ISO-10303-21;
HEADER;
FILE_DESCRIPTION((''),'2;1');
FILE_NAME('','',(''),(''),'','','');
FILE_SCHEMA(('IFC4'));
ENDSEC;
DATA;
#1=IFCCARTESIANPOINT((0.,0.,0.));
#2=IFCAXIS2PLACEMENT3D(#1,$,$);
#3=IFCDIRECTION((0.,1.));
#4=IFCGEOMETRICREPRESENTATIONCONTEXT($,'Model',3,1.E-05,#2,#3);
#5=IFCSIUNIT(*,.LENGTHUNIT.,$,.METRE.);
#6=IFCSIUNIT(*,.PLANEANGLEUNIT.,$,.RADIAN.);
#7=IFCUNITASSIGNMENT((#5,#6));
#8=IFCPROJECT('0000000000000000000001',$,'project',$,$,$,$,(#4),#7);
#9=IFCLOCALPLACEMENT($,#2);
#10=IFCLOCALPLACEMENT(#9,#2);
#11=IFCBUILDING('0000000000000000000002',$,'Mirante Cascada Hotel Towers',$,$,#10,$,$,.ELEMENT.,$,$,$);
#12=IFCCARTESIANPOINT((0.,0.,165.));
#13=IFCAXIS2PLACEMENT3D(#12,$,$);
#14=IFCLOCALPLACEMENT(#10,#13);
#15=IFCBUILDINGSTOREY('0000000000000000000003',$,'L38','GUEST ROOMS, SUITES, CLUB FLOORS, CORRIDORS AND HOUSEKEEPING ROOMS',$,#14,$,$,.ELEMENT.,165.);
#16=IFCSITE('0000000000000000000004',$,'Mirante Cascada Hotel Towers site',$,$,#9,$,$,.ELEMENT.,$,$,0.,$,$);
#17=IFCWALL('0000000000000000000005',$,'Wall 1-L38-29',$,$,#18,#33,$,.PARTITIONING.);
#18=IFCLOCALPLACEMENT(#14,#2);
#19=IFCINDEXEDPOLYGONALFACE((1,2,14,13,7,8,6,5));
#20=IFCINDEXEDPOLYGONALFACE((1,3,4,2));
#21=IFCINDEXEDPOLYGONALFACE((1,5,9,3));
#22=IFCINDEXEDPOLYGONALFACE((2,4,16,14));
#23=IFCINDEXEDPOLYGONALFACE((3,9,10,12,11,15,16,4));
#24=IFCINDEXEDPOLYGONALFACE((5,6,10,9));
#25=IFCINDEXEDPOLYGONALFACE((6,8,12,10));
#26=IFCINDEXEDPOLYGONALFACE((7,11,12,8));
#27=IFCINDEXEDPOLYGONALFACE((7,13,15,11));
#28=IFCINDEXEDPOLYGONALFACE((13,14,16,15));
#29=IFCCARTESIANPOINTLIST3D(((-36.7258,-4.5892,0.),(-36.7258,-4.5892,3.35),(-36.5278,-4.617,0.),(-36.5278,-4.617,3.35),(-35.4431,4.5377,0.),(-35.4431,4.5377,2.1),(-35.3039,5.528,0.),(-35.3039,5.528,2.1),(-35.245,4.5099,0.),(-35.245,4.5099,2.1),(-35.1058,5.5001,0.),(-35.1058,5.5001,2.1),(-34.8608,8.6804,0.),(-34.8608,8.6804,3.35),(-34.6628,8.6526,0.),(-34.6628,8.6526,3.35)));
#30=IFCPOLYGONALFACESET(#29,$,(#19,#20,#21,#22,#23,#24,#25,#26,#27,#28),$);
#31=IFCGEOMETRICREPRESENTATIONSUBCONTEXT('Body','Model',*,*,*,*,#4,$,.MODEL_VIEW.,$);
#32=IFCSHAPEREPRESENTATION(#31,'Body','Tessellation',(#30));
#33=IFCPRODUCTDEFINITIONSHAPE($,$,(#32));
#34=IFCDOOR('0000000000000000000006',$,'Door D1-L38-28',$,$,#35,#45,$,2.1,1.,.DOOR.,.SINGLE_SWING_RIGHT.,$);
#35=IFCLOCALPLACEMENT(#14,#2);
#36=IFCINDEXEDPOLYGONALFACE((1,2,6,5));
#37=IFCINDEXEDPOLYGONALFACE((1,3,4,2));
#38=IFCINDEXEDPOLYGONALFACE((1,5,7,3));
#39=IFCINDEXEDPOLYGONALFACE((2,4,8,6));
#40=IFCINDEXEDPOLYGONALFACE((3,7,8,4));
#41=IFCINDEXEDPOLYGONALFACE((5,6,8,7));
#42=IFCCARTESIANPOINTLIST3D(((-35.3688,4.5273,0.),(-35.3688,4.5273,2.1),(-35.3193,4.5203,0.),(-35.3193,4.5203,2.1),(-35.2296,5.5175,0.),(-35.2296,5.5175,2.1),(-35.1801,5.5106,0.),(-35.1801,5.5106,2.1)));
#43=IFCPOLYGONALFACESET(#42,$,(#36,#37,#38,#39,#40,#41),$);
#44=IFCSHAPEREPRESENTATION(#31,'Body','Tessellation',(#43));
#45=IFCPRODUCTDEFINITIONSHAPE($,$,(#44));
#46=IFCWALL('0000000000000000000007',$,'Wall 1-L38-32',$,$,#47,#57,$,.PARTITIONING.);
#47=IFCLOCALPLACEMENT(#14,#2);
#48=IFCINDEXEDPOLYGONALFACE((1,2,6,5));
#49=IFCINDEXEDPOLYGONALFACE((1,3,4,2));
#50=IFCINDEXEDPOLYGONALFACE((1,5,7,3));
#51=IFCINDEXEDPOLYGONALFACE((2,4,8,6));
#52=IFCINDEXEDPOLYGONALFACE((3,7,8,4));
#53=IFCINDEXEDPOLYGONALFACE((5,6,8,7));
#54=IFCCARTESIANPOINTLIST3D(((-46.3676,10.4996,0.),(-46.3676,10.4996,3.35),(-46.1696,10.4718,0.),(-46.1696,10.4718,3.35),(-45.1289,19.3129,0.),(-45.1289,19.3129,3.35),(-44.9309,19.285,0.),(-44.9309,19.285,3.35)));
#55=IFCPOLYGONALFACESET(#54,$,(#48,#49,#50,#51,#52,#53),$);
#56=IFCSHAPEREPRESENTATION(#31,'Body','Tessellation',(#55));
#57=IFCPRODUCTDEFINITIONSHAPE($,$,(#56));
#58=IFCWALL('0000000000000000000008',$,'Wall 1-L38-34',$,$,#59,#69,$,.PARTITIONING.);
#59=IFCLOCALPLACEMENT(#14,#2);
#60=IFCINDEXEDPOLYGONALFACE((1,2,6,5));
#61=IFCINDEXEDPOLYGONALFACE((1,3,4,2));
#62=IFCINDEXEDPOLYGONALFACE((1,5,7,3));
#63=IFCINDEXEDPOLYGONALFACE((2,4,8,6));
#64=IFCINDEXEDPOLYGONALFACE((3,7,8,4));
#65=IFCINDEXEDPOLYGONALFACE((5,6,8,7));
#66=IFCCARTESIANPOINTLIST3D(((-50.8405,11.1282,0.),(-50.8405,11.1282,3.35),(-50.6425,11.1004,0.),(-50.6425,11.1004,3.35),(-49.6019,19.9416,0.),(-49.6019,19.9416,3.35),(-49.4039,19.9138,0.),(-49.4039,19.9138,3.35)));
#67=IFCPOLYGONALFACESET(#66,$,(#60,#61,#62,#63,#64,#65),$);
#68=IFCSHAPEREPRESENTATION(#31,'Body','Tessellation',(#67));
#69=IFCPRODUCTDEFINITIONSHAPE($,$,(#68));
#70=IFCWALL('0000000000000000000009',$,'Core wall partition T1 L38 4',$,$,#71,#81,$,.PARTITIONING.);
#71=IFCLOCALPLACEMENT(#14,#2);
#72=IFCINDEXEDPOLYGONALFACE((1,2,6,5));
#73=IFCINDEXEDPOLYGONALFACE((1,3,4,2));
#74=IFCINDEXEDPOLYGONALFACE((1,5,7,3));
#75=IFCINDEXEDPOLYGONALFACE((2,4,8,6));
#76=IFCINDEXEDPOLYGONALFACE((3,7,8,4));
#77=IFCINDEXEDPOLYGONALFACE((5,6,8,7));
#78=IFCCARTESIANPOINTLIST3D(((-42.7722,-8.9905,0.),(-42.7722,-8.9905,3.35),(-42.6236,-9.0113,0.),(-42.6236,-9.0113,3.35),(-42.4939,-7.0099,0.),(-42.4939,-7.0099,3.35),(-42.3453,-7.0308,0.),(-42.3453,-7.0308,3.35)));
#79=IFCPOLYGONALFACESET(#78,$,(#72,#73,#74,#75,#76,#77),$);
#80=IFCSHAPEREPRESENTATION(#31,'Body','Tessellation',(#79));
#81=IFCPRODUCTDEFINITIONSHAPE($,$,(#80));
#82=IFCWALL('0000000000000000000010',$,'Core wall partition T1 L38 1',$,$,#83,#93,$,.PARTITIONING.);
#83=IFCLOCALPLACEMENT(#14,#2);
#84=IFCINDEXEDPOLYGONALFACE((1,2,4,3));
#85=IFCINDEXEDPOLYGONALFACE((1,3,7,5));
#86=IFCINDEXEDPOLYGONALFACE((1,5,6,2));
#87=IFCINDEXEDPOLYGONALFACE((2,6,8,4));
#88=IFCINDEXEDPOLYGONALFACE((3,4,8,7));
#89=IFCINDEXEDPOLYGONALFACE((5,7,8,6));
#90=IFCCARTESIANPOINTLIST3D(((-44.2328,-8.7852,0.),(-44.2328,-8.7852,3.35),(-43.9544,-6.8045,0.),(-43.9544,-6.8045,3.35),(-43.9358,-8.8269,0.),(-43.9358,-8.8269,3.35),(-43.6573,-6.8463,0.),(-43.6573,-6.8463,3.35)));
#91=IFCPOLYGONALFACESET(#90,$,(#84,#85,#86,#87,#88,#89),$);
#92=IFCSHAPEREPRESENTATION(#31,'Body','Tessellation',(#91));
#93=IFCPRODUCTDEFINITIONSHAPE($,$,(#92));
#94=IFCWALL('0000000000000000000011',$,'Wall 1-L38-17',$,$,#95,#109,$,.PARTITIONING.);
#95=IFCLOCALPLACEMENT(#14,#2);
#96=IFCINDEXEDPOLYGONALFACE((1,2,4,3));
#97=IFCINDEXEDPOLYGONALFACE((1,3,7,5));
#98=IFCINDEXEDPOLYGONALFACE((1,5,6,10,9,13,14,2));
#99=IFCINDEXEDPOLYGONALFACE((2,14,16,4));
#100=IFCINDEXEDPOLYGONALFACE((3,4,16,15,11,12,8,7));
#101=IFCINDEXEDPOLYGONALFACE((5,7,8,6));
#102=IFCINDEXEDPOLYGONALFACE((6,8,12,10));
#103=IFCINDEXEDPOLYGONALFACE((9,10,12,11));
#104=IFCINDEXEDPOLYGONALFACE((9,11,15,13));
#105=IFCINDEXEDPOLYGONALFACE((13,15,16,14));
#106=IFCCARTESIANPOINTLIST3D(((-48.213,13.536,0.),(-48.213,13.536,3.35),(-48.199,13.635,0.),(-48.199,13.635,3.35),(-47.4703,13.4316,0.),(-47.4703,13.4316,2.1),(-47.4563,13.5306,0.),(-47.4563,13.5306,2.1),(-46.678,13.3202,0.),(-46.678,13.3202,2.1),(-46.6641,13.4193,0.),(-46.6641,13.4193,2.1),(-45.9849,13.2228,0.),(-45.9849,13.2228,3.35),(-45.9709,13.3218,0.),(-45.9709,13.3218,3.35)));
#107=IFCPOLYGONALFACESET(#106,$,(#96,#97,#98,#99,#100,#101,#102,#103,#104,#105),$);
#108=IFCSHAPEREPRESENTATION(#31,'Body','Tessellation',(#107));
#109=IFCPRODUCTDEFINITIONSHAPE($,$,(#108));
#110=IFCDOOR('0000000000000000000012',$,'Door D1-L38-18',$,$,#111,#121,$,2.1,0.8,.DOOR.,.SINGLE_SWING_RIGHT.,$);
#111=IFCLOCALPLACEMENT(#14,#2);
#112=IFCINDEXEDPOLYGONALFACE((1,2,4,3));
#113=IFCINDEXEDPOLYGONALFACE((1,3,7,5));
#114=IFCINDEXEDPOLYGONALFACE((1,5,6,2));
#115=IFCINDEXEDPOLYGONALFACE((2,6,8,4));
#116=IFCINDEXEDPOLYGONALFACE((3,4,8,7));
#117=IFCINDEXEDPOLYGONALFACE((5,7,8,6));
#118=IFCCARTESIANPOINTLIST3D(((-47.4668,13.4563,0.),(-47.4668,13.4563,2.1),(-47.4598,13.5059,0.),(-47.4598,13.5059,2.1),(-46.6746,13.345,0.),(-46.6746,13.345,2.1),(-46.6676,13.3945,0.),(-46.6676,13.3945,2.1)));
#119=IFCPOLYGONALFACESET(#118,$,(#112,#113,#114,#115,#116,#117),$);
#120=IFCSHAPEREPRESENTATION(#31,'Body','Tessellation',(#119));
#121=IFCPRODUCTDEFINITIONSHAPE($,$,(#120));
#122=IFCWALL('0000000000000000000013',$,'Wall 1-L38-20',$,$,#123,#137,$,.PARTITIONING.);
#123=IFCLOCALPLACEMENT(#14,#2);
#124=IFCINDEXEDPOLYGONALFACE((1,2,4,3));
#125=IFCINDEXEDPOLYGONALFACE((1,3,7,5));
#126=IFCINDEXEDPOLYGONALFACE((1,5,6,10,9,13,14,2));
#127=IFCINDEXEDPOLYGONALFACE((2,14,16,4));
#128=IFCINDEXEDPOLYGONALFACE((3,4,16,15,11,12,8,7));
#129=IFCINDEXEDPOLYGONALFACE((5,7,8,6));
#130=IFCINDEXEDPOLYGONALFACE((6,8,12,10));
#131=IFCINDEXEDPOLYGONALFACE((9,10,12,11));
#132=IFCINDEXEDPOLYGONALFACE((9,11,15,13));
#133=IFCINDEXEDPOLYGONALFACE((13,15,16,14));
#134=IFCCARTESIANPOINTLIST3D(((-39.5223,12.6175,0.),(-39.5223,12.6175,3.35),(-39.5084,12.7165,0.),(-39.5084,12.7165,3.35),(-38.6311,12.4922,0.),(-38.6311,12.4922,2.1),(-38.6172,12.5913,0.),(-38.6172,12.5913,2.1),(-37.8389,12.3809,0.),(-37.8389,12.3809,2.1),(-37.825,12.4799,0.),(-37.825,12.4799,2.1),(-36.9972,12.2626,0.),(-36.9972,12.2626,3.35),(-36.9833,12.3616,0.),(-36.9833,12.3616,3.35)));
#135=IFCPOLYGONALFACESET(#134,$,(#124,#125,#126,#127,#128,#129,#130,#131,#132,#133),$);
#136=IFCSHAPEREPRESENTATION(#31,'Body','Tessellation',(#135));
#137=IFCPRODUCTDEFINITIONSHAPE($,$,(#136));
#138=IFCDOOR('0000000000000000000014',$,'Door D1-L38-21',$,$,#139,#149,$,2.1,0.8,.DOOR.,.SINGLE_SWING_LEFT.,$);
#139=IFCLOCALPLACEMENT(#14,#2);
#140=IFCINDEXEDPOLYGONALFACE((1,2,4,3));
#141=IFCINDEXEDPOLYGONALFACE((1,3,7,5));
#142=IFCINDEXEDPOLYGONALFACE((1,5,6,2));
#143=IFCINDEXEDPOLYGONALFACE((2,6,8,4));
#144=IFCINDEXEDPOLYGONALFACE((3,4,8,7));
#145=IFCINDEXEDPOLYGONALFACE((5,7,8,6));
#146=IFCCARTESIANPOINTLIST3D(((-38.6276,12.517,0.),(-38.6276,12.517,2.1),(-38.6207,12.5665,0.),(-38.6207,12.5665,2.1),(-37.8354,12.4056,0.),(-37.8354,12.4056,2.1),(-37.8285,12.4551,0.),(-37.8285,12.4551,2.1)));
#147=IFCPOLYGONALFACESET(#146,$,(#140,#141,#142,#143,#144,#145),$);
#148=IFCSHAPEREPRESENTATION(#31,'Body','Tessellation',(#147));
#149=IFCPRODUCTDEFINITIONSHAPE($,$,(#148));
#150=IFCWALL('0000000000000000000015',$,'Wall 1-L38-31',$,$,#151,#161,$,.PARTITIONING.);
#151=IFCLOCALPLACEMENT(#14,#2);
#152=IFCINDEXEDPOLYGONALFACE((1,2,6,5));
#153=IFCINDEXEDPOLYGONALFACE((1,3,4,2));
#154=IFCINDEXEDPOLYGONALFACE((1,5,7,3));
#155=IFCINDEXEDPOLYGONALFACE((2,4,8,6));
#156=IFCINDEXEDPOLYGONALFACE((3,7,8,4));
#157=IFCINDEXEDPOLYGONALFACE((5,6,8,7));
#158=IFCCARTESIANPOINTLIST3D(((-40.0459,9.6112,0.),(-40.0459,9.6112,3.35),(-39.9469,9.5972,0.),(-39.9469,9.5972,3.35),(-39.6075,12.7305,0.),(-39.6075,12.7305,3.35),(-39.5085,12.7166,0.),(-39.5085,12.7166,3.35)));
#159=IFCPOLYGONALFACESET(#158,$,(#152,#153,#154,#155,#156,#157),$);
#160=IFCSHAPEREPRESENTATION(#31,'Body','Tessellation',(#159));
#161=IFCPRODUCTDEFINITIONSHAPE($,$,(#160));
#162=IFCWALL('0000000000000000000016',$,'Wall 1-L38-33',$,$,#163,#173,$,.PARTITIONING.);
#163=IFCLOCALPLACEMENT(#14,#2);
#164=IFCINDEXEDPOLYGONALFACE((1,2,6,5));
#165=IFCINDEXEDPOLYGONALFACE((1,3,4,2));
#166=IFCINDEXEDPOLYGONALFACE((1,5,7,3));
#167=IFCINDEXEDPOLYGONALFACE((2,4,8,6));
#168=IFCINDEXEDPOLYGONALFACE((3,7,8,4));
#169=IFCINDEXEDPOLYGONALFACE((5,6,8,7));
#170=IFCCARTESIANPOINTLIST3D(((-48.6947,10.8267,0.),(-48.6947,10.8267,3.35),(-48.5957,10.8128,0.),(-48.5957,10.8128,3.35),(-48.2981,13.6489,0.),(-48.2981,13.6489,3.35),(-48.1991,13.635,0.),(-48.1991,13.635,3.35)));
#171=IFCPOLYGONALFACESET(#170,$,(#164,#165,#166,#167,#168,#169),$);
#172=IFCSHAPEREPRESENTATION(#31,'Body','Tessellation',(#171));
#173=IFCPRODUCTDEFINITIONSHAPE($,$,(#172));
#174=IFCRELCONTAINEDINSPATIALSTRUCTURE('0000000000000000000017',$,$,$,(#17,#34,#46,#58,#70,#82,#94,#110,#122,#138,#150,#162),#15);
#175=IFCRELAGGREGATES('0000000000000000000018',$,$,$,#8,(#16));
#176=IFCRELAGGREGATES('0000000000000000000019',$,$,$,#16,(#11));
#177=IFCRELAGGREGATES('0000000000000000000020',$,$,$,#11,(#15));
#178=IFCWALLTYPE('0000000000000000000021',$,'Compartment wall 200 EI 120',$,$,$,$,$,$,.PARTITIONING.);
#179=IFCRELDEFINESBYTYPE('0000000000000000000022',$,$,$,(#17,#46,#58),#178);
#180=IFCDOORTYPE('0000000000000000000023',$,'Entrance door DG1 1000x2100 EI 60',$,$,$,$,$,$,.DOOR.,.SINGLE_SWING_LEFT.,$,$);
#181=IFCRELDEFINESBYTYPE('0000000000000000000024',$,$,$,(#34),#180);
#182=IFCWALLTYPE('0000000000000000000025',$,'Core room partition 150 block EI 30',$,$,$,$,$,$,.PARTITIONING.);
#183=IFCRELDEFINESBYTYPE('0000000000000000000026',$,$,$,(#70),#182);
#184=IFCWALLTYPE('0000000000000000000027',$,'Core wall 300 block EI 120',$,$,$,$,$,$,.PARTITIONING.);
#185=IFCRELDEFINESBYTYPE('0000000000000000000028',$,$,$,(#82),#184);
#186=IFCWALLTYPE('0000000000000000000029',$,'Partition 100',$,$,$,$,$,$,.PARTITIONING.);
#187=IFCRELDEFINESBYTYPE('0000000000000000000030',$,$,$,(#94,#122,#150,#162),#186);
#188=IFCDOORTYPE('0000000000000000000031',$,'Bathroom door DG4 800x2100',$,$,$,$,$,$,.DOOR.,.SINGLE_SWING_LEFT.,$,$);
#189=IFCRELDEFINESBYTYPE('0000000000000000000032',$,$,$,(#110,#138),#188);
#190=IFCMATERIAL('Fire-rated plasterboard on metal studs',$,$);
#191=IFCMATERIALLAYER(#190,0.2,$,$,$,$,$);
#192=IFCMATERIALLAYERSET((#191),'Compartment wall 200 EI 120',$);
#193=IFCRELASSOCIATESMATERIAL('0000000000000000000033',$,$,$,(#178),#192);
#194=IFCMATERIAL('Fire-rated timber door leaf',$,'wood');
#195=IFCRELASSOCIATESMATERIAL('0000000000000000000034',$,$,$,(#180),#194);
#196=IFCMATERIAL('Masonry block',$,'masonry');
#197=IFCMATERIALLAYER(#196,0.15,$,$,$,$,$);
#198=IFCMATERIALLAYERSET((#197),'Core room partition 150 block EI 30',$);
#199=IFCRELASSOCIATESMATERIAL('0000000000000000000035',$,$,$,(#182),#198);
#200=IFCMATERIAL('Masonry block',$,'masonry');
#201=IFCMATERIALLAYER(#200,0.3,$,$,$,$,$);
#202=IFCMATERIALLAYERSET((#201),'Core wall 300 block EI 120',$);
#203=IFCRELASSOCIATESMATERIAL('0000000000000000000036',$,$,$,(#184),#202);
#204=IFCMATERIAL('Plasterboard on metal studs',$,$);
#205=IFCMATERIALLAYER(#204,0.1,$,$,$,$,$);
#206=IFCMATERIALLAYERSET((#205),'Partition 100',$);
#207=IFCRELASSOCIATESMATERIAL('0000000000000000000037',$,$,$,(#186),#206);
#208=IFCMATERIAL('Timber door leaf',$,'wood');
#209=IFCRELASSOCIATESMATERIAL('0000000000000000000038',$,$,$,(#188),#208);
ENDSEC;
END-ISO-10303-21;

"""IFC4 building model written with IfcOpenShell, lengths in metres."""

from ifc_helpers import new_model, si_unit, direction, frame, frame_2d, origin, place, context, subcontext, project, spatial, rectangle, extrude, material, layer, layer_set, type_object, element, fill, save


model = new_model("IFC4")

# Units and contexts
model_context = context("Model", 3, precision=1e-05, world=origin(), true_north=direction((0.0, 1.0)))
body_context = subcontext(model_context, "Body", "Model", "MODEL_VIEW")
ifc_project = project(units=[si_unit("LENGTHUNIT", "METRE"), si_unit("PLANEANGLEUNIT", "RADIAN")], contexts=[model_context])

# Site, building, storey
site_placement = place(None, origin())
site = spatial("IfcSite", under=ifc_project, at=site_placement, Name="Mirante Cascada Hotel Towers site", CompositionType="ELEMENT", RefElevation=0.0)
building_placement = place(site_placement, origin())
building = spatial("IfcBuilding", under=site, at=building_placement, Name="Mirante Cascada Hotel Towers", CompositionType="ELEMENT")
storey_placement = place(building_placement, frame((0.0, 0.0, 165.0)))
storey = spatial("IfcBuildingStorey", under=building, at=storey_placement, Name="L38", Description="GUEST ROOMS, SUITES, CLUB FLOORS, CORRIDORS AND HOUSEKEEPING ROOMS", CompositionType="ELEMENT", Elevation=165.0)

# Wall, opening, door
ifc_material_1 = material(Name="Fire-rated plasterboard on metal studs")
ifc_layer_1 = layer(ifc_material_1, 0.2)
ifc_layer_set_1 = layer_set([ifc_layer_1], Name="Compartment wall 200 EI 120")
wall_type_1 = type_object("IfcWallType", Name="Compartment wall 200 EI 120", PredefinedType="PARTITIONING", material=ifc_layer_set_1)
wall_1_placement = place(storey_placement, frame((-36.6268, -4.6031, 0.0), z_axis=(0.0, 0.0, 1.0), x_axis=(0.139179, 0.990267, 0.0)))
wall_1 = element("IfcWall", 1, at=wall_1_placement, inside=storey, type_object=wall_type_1, Name="Wall 1-L38-29", PredefinedType="PARTITIONING", context=body_context, shape_type="SweptSolid", body=[
    extrude(rectangle(XDim=13.4, YDim=0.2, at=frame_2d((6.7, 0.0))), origin(), (0.0, 0.0, 1.0), 3.35),
])
opening_1_placement = place(wall_1_placement, frame((9.2166, 0.0, 0.0)))
opening_1 = element("IfcOpeningElement", 2, at=opening_1_placement, cuts=wall_1, PredefinedType="OPENING", context=body_context, shape_type="SweptSolid", body=[
    extrude(rectangle(XDim=1.0, YDim=2.1, at=frame_2d((0.5, 1.05))), frame((0.0, 0.1, 0.0), z_axis=(0.0, -1.0, 0.0), x_axis=(1.0, 0.0, 0.0)), (0.0, 0.0, 1.0), 0.2),
])
ifc_material_2 = material(Name="Fire-rated timber door leaf", Category="wood")
door_type_1 = type_object("IfcDoorType", Name="Entrance door DG1 1000x2100 EI 60", OperationType="SINGLE_SWING_LEFT", PredefinedType="DOOR", material=ifc_material_2)
door_1_placement = place(opening_1_placement, frame((1.0, 0.0, 0.0), z_axis=(0.0, 0.0, 1.0), x_axis=(-1.0, 0.0, 0.0)))
door_1 = element("IfcDoor", 3, at=door_1_placement, inside=storey, type_object=door_type_1, Name="Door D1-L38-28", OperationType="SINGLE_SWING_RIGHT", OverallHeight=2.1, OverallWidth=1.0, PredefinedType="DOOR", context=body_context, shape_type="SweptSolid", body=[
    extrude(rectangle(XDim=1.0, YDim=2.1, at=frame_2d((0.5, 1.05))), frame((0.0, 0.025, 0.0), z_axis=(0.0, -1.0, 0.0), x_axis=(1.0, 0.0, 0.0)), (0.0, 0.0, 1.0), 0.05),
])
fill(opening_1, door_1)

# Walls
wall_2_placement = place(storey_placement, frame((-45.0299, 19.299, 0.0), z_axis=(0.0, 0.0, 1.0), x_axis=(-0.139181, -0.990267, 0.0)))
element("IfcWall", 4, at=wall_2_placement, inside=storey, type_object=wall_type_1, Name="Wall 1-L38-32", PredefinedType="PARTITIONING", context=body_context, shape_type="SweptSolid", body=[
    extrude(rectangle(XDim=8.8999, YDim=0.2, at=frame_2d((4.45, 0.0))), origin(), (0.0, 0.0, 1.0), 3.35),
])
wall_3_placement = place(storey_placement, frame((-49.5029, 19.9277, 0.0), z_axis=(0.0, 0.0, 1.0), x_axis=(-0.139168, -0.990269, 0.0)))
element("IfcWall", 5, at=wall_3_placement, inside=storey, type_object=wall_type_1, Name="Wall 1-L38-34", PredefinedType="PARTITIONING", context=body_context, shape_type="SweptSolid", body=[
    extrude(rectangle(XDim=8.9, YDim=0.2, at=frame_2d((4.45, 0.0))), origin(), (0.0, 0.0, 1.0), 3.35),
])
ifc_material_3 = material(Name="Masonry block", Category="masonry")
ifc_layer_2 = layer(ifc_material_3, 0.15)
ifc_layer_set_2 = layer_set([ifc_layer_2], Name="Core room partition 150 block EI 30")
wall_type_2 = type_object("IfcWallType", Name="Core room partition 150 block EI 30", PredefinedType="PARTITIONING", material=ifc_layer_set_2)
wall_4_placement = place(storey_placement, frame((-42.6979, -9.0009, 0.0), z_axis=(0.0, 0.0, 1.0), x_axis=(0.139153, 0.990271, 0.0)))
element("IfcWall", 6, at=wall_4_placement, inside=storey, type_object=wall_type_2, Name="Core wall partition T1 L38 4", PredefinedType="PARTITIONING", context=body_context, shape_type="SweptSolid", body=[
    extrude(rectangle(XDim=2.0, YDim=0.15, at=frame_2d((1.0, 0.0))), origin(), (0.0, 0.0, 1.0), 3.35),
])
ifc_material_4 = material(Name="Masonry block", Category="masonry")
ifc_layer_3 = layer(ifc_material_4, 0.3)
ifc_layer_set_3 = layer_set([ifc_layer_3], Name="Core wall 300 block EI 120")
wall_type_3 = type_object("IfcWallType", Name="Core wall 300 block EI 120", PredefinedType="PARTITIONING", material=ifc_layer_set_3)
wall_5_placement = place(storey_placement, frame((-44.0843, -8.8061, 0.0), z_axis=(0.0, 0.0, 1.0), x_axis=(0.139195, 0.990265, 0.0)))
element("IfcWall", 7, at=wall_5_placement, inside=storey, type_object=wall_type_3, Name="Core wall partition T1 L38 1", PredefinedType="PARTITIONING", context=body_context, shape_type="SweptSolid", body=[
    extrude(rectangle(XDim=2.0001, YDim=0.3, at=frame_2d((1.0001, 0.0))), origin(), (0.0, 0.0, 1.0), 3.35),
])

# Walls, openings, doors
ifc_material_5 = material(Name="Plasterboard on metal studs")
ifc_layer_4 = layer(ifc_material_5, 0.1)
ifc_layer_set_4 = layer_set([ifc_layer_4], Name="Partition 100")
wall_type_4 = type_object("IfcWallType", Name="Partition 100", PredefinedType="PARTITIONING", material=ifc_layer_set_4)
wall_6_placement = place(storey_placement, frame((-45.9779, 13.2723, 0.0), z_axis=(0.0, 0.0, 1.0), x_axis=(-0.990264, 0.1392, 0.0)))
wall_6 = element("IfcWall", 8, at=wall_6_placement, inside=storey, type_object=wall_type_4, Name="Wall 1-L38-17", PredefinedType="PARTITIONING", context=body_context, shape_type="SweptSolid", body=[
    extrude(rectangle(XDim=2.25, YDim=0.1, at=frame_2d((1.125, 0.0))), origin(), (0.0, 0.0, 1.0), 3.35),
])
opening_2_placement = place(wall_6_placement, frame((0.7, 0.0, 0.0)))
opening_2 = element("IfcOpeningElement", 9, at=opening_2_placement, cuts=wall_6, PredefinedType="OPENING", context=body_context, shape_type="SweptSolid", body=[
    extrude(rectangle(XDim=0.8, YDim=2.1, at=frame_2d((0.4, 1.05))), frame((0.0, 0.05, 0.0), z_axis=(0.0, -1.0, 0.0), x_axis=(1.0, 0.0, 0.0)), (0.0, 0.0, 1.0), 0.1),
])
ifc_material_6 = material(Name="Timber door leaf", Category="wood")
door_type_2 = type_object("IfcDoorType", Name="Bathroom door DG4 800x2100", OperationType="SINGLE_SWING_LEFT", PredefinedType="DOOR", material=ifc_material_6)
door_2_placement = place(opening_2_placement, frame((0.8, 0.0, 0.0), z_axis=(0.0, 0.0, 1.0), x_axis=(-1.0, 0.0, 0.0)))
door_2 = element("IfcDoor", 10, at=door_2_placement, inside=storey, type_object=door_type_2, Name="Door D1-L38-18", OperationType="SINGLE_SWING_RIGHT", OverallHeight=2.1, OverallWidth=0.8, PredefinedType="DOOR", context=body_context, shape_type="SweptSolid", body=[
    extrude(rectangle(XDim=0.8, YDim=2.1, at=frame_2d((0.4, 1.05))), frame((0.0, 0.025, 0.0), z_axis=(0.0, -1.0, 0.0), x_axis=(1.0, 0.0, 0.0)), (0.0, 0.0, 1.0), 0.05),
])
fill(opening_2, door_2)
wall_7_placement = place(storey_placement, frame((-39.5154, 12.667, 0.0), z_axis=(0.0, 0.0, 1.0), x_axis=(0.990267, -0.139181, 0.0)))
wall_7 = element("IfcWall", 11, at=wall_7_placement, inside=storey, type_object=wall_type_4, Name="Wall 1-L38-20", PredefinedType="PARTITIONING", context=body_context, shape_type="SweptSolid", body=[
    extrude(rectangle(XDim=2.5499, YDim=0.1, at=frame_2d((1.275, 0.0))), origin(), (0.0, 0.0, 1.0), 3.35),
])
opening_3_placement = place(wall_7_placement, frame((0.9, 0.0, 0.0)))
opening_3 = element("IfcOpeningElement", 12, at=opening_3_placement, cuts=wall_7, PredefinedType="OPENING", context=body_context, shape_type="SweptSolid", body=[
    extrude(rectangle(XDim=0.8, YDim=2.1, at=frame_2d((0.4, 1.05))), frame((0.0, 0.05, 0.0), z_axis=(0.0, -1.0, 0.0), x_axis=(1.0, 0.0, 0.0)), (0.0, 0.0, 1.0), 0.1),
])
door_3_placement = place(opening_3_placement, origin())
door_3 = element("IfcDoor", 13, at=door_3_placement, inside=storey, type_object=door_type_2, Name="Door D1-L38-21", OperationType="SINGLE_SWING_LEFT", OverallHeight=2.1, OverallWidth=0.8, PredefinedType="DOOR", context=body_context, shape_type="SweptSolid", body=[
    extrude(rectangle(XDim=0.8, YDim=2.1, at=frame_2d((0.4, 1.05))), frame((0.0, 0.025, 0.0), z_axis=(0.0, -1.0, 0.0), x_axis=(1.0, 0.0, 0.0)), (0.0, 0.0, 1.0), 0.05),
])
fill(opening_3, door_3)

# Walls
wall_8_placement = place(storey_placement, frame((-39.9964, 9.6042, 0.0), z_axis=(0.0, 0.0, 1.0), x_axis=(0.139177, 0.990268, 0.0)))
element("IfcWall", 14, at=wall_8_placement, inside=storey, type_object=wall_type_4, Name="Wall 1-L38-31", PredefinedType="PARTITIONING", context=body_context, shape_type="SweptSolid", body=[
    extrude(rectangle(XDim=3.15, YDim=0.1, at=frame_2d((1.575, 0.0))), origin(), (0.0, 0.0, 1.0), 3.35),
])
wall_9_placement = place(storey_placement, frame((-48.6452, 10.8197, 0.0), z_axis=(0.0, 0.0, 1.0), x_axis=(0.139161, 0.99027, 0.0)))
element("IfcWall", 15, at=wall_9_placement, inside=storey, type_object=wall_type_4, Name="Wall 1-L38-33", PredefinedType="PARTITIONING", context=body_context, shape_type="SweptSolid", body=[
    extrude(rectangle(XDim=2.8499, YDim=0.1, at=frame_2d((1.425, 0.0))), origin(), (0.0, 0.0, 1.0), 3.35),
])

save(model, "model.ifc")
